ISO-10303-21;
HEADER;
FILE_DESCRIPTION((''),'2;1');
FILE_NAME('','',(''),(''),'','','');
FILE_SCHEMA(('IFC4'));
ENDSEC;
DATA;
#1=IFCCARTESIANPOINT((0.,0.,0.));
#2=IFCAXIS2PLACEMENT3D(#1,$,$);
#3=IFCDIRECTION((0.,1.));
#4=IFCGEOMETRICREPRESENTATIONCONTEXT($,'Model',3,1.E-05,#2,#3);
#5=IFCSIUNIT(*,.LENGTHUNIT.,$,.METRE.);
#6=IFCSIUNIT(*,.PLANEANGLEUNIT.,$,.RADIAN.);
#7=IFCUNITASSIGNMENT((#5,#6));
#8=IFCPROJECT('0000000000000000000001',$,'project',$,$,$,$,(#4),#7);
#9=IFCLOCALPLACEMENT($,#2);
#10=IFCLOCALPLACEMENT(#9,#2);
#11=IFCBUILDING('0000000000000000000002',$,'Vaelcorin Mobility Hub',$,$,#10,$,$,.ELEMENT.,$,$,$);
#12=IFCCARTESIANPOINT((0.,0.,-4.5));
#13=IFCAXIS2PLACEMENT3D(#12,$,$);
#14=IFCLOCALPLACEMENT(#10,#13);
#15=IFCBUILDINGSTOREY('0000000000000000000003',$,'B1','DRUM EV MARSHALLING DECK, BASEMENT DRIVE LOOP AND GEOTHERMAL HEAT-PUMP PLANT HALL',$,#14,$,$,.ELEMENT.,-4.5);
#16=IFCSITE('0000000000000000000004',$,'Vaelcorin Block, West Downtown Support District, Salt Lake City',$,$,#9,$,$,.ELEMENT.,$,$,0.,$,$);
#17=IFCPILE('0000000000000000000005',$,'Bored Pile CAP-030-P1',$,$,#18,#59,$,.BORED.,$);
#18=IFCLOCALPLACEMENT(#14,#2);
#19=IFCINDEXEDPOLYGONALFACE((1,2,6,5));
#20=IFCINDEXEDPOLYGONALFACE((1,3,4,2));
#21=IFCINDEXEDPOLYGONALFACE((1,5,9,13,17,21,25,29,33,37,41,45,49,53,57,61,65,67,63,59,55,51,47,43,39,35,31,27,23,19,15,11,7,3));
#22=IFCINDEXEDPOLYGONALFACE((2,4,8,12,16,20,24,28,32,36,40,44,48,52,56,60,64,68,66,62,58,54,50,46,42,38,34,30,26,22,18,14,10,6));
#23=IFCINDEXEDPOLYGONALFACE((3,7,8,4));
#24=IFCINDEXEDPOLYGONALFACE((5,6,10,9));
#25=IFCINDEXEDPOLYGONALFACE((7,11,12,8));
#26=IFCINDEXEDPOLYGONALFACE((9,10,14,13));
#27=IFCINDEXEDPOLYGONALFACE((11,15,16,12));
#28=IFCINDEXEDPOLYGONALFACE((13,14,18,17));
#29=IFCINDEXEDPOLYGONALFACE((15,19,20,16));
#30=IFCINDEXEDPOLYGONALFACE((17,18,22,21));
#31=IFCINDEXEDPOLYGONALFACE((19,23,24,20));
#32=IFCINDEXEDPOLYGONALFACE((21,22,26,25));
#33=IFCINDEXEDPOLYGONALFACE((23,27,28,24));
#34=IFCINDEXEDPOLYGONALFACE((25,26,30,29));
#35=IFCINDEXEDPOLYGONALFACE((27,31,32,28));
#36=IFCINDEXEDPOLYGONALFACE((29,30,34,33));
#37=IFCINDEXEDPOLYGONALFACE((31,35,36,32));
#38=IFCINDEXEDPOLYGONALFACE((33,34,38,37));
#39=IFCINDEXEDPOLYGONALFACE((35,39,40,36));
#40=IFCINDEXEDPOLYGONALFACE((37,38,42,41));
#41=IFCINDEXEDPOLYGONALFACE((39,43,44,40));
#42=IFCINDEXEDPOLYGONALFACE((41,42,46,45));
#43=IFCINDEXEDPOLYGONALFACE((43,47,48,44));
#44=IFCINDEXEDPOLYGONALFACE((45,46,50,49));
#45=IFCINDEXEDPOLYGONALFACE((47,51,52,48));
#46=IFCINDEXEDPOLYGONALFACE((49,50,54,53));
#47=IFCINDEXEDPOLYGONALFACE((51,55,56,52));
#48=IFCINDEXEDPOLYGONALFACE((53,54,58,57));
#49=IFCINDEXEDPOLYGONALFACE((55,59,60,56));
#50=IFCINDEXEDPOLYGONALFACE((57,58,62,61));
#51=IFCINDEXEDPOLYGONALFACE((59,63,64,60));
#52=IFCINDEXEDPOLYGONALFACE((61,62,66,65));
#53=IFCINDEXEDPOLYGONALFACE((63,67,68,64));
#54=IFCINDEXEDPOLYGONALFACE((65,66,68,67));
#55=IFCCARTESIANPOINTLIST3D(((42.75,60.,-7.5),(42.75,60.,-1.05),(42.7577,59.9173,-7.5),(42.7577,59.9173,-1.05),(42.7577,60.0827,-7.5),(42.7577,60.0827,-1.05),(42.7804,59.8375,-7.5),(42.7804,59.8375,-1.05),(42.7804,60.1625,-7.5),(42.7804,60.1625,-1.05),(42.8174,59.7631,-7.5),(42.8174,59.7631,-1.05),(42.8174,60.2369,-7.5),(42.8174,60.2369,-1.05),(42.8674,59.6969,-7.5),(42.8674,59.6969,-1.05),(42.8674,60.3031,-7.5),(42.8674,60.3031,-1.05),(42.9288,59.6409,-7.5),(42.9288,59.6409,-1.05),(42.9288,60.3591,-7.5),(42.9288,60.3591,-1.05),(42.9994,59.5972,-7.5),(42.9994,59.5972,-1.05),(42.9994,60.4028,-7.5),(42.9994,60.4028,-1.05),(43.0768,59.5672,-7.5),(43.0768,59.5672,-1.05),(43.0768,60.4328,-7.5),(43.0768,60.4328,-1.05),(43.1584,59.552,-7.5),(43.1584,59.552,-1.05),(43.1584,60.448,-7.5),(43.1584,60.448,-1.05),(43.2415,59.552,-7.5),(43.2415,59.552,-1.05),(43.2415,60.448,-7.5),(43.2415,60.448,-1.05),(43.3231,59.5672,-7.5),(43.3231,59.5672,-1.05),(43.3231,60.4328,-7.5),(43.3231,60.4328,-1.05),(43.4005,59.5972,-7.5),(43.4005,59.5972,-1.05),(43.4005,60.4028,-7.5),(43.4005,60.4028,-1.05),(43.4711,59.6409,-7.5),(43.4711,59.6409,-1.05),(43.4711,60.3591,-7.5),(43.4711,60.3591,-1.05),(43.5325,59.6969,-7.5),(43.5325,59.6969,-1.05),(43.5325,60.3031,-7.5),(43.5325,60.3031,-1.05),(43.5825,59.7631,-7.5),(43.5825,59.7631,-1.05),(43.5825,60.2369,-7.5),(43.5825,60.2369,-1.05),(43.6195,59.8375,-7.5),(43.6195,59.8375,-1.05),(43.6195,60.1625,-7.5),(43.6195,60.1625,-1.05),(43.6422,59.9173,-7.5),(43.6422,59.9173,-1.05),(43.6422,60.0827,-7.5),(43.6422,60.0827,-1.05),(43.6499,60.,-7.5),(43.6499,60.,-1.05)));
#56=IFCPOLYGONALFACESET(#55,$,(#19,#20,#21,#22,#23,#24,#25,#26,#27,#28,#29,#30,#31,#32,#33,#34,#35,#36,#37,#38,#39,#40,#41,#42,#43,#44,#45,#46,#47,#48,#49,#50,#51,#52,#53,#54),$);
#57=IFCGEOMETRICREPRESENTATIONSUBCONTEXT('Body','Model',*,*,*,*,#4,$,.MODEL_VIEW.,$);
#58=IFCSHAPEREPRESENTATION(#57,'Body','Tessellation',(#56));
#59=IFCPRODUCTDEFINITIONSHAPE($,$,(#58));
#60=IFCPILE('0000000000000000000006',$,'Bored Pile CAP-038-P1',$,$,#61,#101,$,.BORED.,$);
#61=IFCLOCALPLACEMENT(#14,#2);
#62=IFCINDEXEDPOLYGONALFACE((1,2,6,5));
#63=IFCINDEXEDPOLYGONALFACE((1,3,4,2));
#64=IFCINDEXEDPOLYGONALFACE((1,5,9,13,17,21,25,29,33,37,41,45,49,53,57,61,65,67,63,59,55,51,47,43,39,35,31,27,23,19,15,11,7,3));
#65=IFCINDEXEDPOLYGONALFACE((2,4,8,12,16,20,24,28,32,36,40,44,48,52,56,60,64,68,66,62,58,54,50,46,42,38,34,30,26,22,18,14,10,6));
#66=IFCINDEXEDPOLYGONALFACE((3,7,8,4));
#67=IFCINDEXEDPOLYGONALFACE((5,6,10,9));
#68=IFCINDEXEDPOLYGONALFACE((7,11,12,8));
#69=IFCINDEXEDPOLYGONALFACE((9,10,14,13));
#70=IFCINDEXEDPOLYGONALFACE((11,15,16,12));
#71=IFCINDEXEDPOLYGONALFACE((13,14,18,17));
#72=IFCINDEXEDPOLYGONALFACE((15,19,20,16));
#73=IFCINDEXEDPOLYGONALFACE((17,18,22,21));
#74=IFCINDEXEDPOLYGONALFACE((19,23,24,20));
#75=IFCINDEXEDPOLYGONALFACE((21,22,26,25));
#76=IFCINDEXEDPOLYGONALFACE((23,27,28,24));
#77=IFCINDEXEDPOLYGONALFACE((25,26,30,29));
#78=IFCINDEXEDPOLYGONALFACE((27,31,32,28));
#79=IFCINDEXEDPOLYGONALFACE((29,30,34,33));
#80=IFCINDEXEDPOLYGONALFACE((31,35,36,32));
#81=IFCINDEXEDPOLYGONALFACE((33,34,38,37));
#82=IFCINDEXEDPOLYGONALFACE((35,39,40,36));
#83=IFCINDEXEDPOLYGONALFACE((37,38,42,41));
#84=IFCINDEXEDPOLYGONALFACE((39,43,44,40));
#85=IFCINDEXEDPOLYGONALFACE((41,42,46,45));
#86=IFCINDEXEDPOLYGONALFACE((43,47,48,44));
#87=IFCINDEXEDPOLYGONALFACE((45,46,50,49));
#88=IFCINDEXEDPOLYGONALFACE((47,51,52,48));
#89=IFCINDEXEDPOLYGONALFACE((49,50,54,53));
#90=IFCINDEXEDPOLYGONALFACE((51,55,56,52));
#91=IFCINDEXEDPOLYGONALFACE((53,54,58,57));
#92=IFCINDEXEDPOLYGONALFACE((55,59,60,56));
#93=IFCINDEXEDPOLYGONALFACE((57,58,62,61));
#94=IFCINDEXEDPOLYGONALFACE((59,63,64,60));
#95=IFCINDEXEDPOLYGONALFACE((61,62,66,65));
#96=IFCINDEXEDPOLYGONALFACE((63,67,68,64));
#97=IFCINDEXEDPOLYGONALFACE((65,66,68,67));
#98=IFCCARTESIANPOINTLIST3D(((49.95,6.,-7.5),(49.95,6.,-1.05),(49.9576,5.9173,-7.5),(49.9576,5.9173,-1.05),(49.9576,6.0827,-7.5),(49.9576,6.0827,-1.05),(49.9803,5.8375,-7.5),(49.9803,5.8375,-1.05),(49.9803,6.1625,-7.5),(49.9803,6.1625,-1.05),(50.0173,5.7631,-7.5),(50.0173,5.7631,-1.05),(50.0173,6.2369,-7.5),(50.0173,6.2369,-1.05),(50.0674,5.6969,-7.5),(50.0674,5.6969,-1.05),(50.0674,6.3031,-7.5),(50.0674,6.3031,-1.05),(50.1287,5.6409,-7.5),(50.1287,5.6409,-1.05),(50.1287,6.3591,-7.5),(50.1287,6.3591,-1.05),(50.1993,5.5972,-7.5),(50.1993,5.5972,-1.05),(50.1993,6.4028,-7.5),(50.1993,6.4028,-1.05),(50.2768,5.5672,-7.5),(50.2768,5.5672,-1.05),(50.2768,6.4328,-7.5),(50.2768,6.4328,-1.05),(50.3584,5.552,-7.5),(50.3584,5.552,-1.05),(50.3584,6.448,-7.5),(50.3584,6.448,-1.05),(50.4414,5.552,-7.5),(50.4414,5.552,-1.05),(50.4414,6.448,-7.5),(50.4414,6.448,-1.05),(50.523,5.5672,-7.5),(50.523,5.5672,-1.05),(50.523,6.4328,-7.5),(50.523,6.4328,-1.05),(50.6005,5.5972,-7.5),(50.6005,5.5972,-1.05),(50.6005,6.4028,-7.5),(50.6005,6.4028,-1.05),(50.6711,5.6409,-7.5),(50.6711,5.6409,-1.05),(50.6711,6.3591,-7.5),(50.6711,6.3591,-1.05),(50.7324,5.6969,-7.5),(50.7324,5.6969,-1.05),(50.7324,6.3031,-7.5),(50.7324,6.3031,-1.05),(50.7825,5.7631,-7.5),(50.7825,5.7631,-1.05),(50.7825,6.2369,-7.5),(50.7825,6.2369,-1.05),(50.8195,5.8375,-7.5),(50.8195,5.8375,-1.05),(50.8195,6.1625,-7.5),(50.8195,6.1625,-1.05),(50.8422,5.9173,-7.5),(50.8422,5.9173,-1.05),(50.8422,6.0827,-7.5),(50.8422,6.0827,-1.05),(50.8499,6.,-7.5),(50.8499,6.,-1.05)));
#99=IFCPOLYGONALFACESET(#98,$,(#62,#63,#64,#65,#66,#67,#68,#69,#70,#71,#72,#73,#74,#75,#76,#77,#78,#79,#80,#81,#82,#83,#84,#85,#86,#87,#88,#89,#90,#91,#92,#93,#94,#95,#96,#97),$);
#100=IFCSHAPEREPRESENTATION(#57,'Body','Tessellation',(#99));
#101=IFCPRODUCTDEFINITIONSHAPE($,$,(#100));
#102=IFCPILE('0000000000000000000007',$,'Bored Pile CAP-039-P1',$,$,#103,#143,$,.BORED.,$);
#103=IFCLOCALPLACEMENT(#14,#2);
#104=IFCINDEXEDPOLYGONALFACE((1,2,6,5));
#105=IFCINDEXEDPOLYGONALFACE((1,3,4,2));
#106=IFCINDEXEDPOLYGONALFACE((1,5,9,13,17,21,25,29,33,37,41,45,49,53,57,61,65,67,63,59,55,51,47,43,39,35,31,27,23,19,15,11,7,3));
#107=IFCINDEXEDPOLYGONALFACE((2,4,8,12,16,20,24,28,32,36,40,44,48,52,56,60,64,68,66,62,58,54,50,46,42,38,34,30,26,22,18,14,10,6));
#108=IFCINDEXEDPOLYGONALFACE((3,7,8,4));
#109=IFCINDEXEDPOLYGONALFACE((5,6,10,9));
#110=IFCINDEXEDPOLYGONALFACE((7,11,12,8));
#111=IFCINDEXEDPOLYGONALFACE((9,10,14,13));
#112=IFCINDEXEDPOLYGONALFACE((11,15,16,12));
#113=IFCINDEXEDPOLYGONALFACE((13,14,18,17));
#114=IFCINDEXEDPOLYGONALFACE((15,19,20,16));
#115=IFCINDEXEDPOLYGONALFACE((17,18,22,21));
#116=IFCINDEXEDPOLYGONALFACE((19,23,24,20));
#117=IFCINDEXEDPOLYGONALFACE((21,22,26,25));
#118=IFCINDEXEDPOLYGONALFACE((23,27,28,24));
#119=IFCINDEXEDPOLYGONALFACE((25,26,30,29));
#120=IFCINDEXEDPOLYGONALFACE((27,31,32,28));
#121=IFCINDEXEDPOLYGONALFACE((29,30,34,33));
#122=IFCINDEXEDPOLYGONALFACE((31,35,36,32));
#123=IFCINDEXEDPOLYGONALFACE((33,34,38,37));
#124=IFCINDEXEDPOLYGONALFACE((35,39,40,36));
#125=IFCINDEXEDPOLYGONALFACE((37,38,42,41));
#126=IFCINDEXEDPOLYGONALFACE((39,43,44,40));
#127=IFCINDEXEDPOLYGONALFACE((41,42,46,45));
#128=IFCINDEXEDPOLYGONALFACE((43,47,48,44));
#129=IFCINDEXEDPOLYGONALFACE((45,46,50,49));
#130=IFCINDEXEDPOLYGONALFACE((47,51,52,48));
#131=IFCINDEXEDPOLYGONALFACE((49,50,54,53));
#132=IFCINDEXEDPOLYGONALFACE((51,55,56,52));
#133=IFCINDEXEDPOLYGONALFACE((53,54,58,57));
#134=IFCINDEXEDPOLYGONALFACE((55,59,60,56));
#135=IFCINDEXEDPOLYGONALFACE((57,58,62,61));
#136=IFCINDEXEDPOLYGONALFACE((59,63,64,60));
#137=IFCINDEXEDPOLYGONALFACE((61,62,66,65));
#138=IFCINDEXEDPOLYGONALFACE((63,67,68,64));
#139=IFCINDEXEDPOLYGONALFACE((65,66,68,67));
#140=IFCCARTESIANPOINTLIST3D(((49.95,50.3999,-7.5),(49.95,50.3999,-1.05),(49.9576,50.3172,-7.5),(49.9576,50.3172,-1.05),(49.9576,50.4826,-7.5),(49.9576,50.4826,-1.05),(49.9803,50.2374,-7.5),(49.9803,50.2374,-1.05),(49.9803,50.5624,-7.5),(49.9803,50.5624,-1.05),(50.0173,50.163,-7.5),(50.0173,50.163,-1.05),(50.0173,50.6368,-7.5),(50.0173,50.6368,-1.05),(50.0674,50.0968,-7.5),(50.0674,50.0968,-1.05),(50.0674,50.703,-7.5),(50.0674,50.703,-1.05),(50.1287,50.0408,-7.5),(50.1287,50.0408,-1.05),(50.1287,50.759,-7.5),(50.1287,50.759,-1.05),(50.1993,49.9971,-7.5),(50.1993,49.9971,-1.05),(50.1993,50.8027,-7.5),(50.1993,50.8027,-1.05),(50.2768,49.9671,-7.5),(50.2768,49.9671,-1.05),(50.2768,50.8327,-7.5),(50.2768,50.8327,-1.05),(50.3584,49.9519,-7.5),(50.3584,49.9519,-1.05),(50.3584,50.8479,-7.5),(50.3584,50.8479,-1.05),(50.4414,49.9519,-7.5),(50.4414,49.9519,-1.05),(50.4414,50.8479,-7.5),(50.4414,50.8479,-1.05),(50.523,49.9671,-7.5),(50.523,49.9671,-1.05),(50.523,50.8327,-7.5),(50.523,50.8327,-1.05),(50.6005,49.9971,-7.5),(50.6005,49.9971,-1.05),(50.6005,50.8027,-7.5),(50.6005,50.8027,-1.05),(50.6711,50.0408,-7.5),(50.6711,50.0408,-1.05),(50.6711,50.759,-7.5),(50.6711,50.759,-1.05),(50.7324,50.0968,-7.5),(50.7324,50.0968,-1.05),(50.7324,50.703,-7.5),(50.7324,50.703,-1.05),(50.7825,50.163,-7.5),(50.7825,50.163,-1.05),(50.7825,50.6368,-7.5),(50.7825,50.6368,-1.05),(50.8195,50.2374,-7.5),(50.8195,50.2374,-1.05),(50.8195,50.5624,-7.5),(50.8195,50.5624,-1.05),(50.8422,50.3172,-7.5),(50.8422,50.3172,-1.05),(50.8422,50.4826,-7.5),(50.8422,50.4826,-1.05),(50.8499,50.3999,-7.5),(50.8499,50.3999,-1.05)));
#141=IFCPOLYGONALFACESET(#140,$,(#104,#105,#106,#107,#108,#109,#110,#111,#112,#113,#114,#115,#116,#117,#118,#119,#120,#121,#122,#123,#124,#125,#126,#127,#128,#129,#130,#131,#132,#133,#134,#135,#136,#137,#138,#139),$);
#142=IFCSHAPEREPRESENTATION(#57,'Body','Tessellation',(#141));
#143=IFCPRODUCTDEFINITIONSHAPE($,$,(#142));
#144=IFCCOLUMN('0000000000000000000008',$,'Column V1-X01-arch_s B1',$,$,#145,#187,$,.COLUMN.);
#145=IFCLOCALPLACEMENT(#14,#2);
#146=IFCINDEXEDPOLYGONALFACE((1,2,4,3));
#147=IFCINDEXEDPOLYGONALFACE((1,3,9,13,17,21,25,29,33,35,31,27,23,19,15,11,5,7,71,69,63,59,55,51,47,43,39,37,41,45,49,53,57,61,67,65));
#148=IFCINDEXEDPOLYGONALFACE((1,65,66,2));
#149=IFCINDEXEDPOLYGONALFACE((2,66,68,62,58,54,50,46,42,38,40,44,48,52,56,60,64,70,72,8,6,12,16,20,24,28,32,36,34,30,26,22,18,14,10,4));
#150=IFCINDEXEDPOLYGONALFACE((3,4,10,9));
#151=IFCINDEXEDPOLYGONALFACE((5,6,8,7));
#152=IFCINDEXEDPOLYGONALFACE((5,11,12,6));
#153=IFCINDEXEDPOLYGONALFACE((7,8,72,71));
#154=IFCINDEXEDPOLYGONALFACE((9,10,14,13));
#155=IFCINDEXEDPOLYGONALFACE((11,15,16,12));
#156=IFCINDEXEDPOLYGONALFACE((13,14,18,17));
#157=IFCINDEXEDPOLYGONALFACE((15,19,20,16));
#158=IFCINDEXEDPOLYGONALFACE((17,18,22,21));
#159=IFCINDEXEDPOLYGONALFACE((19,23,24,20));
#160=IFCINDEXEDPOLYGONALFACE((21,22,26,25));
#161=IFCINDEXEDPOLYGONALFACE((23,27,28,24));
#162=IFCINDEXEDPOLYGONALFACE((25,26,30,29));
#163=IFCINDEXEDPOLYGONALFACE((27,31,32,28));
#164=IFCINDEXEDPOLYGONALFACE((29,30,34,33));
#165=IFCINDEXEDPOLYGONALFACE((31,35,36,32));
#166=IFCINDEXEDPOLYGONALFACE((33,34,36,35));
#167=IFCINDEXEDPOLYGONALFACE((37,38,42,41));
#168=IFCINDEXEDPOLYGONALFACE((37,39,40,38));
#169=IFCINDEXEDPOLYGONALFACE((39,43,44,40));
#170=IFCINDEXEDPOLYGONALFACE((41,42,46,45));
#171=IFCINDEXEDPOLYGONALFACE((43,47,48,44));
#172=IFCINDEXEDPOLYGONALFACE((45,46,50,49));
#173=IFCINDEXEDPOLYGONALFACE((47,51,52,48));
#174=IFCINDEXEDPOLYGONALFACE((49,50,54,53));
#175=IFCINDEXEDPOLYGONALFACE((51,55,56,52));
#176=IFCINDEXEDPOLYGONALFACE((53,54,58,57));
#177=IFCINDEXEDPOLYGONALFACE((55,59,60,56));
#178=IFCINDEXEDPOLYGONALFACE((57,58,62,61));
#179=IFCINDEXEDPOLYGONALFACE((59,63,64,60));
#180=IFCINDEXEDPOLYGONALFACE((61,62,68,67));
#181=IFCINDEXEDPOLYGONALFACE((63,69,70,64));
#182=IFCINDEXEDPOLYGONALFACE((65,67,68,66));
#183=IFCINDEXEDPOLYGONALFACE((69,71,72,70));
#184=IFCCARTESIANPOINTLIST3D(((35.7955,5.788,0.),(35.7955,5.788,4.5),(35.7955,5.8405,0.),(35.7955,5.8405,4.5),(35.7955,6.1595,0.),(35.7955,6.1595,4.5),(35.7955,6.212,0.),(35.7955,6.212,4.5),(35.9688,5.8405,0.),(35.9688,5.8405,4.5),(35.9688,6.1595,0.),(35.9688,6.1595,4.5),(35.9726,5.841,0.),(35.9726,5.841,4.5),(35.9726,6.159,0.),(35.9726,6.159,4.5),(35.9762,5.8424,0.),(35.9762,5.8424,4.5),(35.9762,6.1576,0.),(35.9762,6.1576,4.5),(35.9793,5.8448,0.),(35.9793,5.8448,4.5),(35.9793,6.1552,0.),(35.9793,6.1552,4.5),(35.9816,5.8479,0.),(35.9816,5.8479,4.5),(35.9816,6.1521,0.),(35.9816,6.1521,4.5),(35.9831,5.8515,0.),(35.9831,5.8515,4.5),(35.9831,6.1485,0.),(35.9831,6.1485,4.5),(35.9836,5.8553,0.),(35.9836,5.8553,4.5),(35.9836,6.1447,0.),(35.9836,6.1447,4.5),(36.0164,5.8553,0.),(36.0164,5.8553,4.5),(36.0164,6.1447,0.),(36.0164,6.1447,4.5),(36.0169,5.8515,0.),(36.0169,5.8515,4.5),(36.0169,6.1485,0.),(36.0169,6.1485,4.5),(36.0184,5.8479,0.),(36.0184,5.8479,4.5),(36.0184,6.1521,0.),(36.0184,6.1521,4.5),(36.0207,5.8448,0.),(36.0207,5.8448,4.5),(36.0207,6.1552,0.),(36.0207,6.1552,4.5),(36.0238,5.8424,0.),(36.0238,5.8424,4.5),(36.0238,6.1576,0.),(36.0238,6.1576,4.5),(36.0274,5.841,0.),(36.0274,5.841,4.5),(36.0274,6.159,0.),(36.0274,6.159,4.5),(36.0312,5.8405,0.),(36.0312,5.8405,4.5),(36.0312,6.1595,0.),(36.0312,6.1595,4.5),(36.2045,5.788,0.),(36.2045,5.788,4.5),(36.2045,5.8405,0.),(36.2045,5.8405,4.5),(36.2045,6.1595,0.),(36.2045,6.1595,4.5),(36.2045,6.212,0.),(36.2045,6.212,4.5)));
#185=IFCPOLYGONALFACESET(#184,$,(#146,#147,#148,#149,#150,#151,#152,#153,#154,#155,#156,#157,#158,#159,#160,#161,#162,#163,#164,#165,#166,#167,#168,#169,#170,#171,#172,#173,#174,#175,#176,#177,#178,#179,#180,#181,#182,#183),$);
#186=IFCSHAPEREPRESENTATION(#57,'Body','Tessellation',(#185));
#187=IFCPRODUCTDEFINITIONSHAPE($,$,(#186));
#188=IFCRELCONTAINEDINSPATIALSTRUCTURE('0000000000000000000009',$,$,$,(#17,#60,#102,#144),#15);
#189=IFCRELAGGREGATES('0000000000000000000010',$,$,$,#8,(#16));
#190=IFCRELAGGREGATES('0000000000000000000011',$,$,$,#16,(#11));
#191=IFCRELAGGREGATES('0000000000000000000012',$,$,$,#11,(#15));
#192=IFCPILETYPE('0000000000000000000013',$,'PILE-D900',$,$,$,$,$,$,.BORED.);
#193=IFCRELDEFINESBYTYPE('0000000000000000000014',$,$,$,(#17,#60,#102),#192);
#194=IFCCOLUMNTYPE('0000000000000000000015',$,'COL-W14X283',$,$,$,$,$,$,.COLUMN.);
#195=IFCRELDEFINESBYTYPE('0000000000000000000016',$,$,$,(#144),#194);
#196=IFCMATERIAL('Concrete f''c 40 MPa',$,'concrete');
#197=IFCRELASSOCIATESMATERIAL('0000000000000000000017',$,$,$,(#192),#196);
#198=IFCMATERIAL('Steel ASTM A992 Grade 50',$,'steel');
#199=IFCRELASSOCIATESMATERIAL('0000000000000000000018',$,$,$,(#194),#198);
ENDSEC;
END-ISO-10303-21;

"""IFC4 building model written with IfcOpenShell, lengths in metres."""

from ifc_helpers import new_model, si_unit, direction, frame, origin, origin_2d, place, context, subcontext, project, spatial, circle, i_section, extrude, material, material_profile, profile_set, type_object, element, save


model = new_model("IFC4")

# Units and contexts
model_context = context("Model", 3, precision=1e-05, world=origin(), true_north=direction((0.0, 1.0)))
body_context = subcontext(model_context, "Body", "Model", "MODEL_VIEW")
ifc_project = project(units=[si_unit("LENGTHUNIT", "METRE"), si_unit("PLANEANGLEUNIT", "RADIAN")], contexts=[model_context])

# Site, building, storey
site_placement = place(None, origin())
site = spatial("IfcSite", under=ifc_project, at=site_placement, Name="Vaelcorin Block, West Downtown Support District, Salt Lake City", CompositionType="ELEMENT", RefElevation=0.0)
building_placement = place(site_placement, origin())
building = spatial("IfcBuilding", under=site, at=building_placement, Name="Vaelcorin Mobility Hub", CompositionType="ELEMENT")
storey_placement = place(building_placement, frame((0.0, 0.0, -4.5)))
storey = spatial("IfcBuildingStorey", under=building, at=storey_placement, Name="B1", Description="DRUM EV MARSHALLING DECK, BASEMENT DRIVE LOOP AND GEOTHERMAL HEAT-PUMP PLANT HALL", CompositionType="ELEMENT", Elevation=-4.5)

# Shared definitions
ifc_material_1 = material(Name="Concrete f'c 40 MPa", Category="concrete")

# Piles
ifc_material_profile_1 = material_profile(ifc_material_1, circle(Radius=0.45, at=origin_2d()), Name="BP-D900")
ifc_profile_set_1 = profile_set([ifc_material_profile_1], Name="Concrete f'c 40 MPa")
pile_type = type_object("IfcPileType", Name="PILE-D900", PredefinedType="BORED", material=ifc_profile_set_1)
for number, where, z_axis, x_axis, name in (
    (1, (43.2, 60.0, -1.05), (0.0, 0.0, -1.0), (1.0, 0.0, 0.0), "Bored Pile CAP-030-P1"),
    (2, (50.3999, 6.0, -1.05), (0.0, 0.0, -1.0), (1.0, 0.0, 0.0), "Bored Pile CAP-038-P1"),
    (3, (50.3999, 50.3999, -1.05), (0.0, 0.0, -1.0), (1.0, 0.0, 0.0), "Bored Pile CAP-039-P1"),
):
    element("IfcPile", number, at=place(storey_placement, frame(where, z_axis=z_axis, x_axis=x_axis)), inside=storey, type_object=pile_type, Name=name, PredefinedType="BORED", context=body_context, shape_type="SweptSolid", body=[
        extrude(circle(Radius=0.45, at=origin_2d()), origin(), (0.0, 0.0, 1.0), 6.45),
    ])

# Column
ifc_material_2 = material(Name="Steel ASTM A992 Grade 50", Category="steel")
ifc_material_profile_2 = material_profile(ifc_material_2, i_section(OverallWidth=0.4089, OverallDepth=0.4241, WebThickness=0.0327, FlangeThickness=0.0525, FilletRadius=0.0149, at=origin_2d()), Name="W14X283")
ifc_profile_set_2 = profile_set([ifc_material_profile_2], Name="Steel ASTM A992 Grade 50")
column_type = type_object("IfcColumnType", Name="COL-W14X283", PredefinedType="COLUMN", material=ifc_profile_set_2)
for number, where, z_axis, x_axis, name in (
    (4, (36.0, 6.0, 0.0), (0.0, 0.0, 1.0), (1.0, 0.0, 0.0), "Column V1-X01-arch_s B1"),
):
    element("IfcColumn", number, at=place(storey_placement, frame(where, z_axis=z_axis, x_axis=x_axis)), inside=storey, type_object=column_type, Name=name, PredefinedType="COLUMN", context=body_context, shape_type="SweptSolid", body=[
        extrude(i_section(OverallWidth=0.4089, OverallDepth=0.4241, WebThickness=0.0327, FlangeThickness=0.0525, FilletRadius=0.0149, at=origin_2d()), origin(), (0.0, 0.0, 1.0), 4.5),
    ])

save(model, "model.ifc")
